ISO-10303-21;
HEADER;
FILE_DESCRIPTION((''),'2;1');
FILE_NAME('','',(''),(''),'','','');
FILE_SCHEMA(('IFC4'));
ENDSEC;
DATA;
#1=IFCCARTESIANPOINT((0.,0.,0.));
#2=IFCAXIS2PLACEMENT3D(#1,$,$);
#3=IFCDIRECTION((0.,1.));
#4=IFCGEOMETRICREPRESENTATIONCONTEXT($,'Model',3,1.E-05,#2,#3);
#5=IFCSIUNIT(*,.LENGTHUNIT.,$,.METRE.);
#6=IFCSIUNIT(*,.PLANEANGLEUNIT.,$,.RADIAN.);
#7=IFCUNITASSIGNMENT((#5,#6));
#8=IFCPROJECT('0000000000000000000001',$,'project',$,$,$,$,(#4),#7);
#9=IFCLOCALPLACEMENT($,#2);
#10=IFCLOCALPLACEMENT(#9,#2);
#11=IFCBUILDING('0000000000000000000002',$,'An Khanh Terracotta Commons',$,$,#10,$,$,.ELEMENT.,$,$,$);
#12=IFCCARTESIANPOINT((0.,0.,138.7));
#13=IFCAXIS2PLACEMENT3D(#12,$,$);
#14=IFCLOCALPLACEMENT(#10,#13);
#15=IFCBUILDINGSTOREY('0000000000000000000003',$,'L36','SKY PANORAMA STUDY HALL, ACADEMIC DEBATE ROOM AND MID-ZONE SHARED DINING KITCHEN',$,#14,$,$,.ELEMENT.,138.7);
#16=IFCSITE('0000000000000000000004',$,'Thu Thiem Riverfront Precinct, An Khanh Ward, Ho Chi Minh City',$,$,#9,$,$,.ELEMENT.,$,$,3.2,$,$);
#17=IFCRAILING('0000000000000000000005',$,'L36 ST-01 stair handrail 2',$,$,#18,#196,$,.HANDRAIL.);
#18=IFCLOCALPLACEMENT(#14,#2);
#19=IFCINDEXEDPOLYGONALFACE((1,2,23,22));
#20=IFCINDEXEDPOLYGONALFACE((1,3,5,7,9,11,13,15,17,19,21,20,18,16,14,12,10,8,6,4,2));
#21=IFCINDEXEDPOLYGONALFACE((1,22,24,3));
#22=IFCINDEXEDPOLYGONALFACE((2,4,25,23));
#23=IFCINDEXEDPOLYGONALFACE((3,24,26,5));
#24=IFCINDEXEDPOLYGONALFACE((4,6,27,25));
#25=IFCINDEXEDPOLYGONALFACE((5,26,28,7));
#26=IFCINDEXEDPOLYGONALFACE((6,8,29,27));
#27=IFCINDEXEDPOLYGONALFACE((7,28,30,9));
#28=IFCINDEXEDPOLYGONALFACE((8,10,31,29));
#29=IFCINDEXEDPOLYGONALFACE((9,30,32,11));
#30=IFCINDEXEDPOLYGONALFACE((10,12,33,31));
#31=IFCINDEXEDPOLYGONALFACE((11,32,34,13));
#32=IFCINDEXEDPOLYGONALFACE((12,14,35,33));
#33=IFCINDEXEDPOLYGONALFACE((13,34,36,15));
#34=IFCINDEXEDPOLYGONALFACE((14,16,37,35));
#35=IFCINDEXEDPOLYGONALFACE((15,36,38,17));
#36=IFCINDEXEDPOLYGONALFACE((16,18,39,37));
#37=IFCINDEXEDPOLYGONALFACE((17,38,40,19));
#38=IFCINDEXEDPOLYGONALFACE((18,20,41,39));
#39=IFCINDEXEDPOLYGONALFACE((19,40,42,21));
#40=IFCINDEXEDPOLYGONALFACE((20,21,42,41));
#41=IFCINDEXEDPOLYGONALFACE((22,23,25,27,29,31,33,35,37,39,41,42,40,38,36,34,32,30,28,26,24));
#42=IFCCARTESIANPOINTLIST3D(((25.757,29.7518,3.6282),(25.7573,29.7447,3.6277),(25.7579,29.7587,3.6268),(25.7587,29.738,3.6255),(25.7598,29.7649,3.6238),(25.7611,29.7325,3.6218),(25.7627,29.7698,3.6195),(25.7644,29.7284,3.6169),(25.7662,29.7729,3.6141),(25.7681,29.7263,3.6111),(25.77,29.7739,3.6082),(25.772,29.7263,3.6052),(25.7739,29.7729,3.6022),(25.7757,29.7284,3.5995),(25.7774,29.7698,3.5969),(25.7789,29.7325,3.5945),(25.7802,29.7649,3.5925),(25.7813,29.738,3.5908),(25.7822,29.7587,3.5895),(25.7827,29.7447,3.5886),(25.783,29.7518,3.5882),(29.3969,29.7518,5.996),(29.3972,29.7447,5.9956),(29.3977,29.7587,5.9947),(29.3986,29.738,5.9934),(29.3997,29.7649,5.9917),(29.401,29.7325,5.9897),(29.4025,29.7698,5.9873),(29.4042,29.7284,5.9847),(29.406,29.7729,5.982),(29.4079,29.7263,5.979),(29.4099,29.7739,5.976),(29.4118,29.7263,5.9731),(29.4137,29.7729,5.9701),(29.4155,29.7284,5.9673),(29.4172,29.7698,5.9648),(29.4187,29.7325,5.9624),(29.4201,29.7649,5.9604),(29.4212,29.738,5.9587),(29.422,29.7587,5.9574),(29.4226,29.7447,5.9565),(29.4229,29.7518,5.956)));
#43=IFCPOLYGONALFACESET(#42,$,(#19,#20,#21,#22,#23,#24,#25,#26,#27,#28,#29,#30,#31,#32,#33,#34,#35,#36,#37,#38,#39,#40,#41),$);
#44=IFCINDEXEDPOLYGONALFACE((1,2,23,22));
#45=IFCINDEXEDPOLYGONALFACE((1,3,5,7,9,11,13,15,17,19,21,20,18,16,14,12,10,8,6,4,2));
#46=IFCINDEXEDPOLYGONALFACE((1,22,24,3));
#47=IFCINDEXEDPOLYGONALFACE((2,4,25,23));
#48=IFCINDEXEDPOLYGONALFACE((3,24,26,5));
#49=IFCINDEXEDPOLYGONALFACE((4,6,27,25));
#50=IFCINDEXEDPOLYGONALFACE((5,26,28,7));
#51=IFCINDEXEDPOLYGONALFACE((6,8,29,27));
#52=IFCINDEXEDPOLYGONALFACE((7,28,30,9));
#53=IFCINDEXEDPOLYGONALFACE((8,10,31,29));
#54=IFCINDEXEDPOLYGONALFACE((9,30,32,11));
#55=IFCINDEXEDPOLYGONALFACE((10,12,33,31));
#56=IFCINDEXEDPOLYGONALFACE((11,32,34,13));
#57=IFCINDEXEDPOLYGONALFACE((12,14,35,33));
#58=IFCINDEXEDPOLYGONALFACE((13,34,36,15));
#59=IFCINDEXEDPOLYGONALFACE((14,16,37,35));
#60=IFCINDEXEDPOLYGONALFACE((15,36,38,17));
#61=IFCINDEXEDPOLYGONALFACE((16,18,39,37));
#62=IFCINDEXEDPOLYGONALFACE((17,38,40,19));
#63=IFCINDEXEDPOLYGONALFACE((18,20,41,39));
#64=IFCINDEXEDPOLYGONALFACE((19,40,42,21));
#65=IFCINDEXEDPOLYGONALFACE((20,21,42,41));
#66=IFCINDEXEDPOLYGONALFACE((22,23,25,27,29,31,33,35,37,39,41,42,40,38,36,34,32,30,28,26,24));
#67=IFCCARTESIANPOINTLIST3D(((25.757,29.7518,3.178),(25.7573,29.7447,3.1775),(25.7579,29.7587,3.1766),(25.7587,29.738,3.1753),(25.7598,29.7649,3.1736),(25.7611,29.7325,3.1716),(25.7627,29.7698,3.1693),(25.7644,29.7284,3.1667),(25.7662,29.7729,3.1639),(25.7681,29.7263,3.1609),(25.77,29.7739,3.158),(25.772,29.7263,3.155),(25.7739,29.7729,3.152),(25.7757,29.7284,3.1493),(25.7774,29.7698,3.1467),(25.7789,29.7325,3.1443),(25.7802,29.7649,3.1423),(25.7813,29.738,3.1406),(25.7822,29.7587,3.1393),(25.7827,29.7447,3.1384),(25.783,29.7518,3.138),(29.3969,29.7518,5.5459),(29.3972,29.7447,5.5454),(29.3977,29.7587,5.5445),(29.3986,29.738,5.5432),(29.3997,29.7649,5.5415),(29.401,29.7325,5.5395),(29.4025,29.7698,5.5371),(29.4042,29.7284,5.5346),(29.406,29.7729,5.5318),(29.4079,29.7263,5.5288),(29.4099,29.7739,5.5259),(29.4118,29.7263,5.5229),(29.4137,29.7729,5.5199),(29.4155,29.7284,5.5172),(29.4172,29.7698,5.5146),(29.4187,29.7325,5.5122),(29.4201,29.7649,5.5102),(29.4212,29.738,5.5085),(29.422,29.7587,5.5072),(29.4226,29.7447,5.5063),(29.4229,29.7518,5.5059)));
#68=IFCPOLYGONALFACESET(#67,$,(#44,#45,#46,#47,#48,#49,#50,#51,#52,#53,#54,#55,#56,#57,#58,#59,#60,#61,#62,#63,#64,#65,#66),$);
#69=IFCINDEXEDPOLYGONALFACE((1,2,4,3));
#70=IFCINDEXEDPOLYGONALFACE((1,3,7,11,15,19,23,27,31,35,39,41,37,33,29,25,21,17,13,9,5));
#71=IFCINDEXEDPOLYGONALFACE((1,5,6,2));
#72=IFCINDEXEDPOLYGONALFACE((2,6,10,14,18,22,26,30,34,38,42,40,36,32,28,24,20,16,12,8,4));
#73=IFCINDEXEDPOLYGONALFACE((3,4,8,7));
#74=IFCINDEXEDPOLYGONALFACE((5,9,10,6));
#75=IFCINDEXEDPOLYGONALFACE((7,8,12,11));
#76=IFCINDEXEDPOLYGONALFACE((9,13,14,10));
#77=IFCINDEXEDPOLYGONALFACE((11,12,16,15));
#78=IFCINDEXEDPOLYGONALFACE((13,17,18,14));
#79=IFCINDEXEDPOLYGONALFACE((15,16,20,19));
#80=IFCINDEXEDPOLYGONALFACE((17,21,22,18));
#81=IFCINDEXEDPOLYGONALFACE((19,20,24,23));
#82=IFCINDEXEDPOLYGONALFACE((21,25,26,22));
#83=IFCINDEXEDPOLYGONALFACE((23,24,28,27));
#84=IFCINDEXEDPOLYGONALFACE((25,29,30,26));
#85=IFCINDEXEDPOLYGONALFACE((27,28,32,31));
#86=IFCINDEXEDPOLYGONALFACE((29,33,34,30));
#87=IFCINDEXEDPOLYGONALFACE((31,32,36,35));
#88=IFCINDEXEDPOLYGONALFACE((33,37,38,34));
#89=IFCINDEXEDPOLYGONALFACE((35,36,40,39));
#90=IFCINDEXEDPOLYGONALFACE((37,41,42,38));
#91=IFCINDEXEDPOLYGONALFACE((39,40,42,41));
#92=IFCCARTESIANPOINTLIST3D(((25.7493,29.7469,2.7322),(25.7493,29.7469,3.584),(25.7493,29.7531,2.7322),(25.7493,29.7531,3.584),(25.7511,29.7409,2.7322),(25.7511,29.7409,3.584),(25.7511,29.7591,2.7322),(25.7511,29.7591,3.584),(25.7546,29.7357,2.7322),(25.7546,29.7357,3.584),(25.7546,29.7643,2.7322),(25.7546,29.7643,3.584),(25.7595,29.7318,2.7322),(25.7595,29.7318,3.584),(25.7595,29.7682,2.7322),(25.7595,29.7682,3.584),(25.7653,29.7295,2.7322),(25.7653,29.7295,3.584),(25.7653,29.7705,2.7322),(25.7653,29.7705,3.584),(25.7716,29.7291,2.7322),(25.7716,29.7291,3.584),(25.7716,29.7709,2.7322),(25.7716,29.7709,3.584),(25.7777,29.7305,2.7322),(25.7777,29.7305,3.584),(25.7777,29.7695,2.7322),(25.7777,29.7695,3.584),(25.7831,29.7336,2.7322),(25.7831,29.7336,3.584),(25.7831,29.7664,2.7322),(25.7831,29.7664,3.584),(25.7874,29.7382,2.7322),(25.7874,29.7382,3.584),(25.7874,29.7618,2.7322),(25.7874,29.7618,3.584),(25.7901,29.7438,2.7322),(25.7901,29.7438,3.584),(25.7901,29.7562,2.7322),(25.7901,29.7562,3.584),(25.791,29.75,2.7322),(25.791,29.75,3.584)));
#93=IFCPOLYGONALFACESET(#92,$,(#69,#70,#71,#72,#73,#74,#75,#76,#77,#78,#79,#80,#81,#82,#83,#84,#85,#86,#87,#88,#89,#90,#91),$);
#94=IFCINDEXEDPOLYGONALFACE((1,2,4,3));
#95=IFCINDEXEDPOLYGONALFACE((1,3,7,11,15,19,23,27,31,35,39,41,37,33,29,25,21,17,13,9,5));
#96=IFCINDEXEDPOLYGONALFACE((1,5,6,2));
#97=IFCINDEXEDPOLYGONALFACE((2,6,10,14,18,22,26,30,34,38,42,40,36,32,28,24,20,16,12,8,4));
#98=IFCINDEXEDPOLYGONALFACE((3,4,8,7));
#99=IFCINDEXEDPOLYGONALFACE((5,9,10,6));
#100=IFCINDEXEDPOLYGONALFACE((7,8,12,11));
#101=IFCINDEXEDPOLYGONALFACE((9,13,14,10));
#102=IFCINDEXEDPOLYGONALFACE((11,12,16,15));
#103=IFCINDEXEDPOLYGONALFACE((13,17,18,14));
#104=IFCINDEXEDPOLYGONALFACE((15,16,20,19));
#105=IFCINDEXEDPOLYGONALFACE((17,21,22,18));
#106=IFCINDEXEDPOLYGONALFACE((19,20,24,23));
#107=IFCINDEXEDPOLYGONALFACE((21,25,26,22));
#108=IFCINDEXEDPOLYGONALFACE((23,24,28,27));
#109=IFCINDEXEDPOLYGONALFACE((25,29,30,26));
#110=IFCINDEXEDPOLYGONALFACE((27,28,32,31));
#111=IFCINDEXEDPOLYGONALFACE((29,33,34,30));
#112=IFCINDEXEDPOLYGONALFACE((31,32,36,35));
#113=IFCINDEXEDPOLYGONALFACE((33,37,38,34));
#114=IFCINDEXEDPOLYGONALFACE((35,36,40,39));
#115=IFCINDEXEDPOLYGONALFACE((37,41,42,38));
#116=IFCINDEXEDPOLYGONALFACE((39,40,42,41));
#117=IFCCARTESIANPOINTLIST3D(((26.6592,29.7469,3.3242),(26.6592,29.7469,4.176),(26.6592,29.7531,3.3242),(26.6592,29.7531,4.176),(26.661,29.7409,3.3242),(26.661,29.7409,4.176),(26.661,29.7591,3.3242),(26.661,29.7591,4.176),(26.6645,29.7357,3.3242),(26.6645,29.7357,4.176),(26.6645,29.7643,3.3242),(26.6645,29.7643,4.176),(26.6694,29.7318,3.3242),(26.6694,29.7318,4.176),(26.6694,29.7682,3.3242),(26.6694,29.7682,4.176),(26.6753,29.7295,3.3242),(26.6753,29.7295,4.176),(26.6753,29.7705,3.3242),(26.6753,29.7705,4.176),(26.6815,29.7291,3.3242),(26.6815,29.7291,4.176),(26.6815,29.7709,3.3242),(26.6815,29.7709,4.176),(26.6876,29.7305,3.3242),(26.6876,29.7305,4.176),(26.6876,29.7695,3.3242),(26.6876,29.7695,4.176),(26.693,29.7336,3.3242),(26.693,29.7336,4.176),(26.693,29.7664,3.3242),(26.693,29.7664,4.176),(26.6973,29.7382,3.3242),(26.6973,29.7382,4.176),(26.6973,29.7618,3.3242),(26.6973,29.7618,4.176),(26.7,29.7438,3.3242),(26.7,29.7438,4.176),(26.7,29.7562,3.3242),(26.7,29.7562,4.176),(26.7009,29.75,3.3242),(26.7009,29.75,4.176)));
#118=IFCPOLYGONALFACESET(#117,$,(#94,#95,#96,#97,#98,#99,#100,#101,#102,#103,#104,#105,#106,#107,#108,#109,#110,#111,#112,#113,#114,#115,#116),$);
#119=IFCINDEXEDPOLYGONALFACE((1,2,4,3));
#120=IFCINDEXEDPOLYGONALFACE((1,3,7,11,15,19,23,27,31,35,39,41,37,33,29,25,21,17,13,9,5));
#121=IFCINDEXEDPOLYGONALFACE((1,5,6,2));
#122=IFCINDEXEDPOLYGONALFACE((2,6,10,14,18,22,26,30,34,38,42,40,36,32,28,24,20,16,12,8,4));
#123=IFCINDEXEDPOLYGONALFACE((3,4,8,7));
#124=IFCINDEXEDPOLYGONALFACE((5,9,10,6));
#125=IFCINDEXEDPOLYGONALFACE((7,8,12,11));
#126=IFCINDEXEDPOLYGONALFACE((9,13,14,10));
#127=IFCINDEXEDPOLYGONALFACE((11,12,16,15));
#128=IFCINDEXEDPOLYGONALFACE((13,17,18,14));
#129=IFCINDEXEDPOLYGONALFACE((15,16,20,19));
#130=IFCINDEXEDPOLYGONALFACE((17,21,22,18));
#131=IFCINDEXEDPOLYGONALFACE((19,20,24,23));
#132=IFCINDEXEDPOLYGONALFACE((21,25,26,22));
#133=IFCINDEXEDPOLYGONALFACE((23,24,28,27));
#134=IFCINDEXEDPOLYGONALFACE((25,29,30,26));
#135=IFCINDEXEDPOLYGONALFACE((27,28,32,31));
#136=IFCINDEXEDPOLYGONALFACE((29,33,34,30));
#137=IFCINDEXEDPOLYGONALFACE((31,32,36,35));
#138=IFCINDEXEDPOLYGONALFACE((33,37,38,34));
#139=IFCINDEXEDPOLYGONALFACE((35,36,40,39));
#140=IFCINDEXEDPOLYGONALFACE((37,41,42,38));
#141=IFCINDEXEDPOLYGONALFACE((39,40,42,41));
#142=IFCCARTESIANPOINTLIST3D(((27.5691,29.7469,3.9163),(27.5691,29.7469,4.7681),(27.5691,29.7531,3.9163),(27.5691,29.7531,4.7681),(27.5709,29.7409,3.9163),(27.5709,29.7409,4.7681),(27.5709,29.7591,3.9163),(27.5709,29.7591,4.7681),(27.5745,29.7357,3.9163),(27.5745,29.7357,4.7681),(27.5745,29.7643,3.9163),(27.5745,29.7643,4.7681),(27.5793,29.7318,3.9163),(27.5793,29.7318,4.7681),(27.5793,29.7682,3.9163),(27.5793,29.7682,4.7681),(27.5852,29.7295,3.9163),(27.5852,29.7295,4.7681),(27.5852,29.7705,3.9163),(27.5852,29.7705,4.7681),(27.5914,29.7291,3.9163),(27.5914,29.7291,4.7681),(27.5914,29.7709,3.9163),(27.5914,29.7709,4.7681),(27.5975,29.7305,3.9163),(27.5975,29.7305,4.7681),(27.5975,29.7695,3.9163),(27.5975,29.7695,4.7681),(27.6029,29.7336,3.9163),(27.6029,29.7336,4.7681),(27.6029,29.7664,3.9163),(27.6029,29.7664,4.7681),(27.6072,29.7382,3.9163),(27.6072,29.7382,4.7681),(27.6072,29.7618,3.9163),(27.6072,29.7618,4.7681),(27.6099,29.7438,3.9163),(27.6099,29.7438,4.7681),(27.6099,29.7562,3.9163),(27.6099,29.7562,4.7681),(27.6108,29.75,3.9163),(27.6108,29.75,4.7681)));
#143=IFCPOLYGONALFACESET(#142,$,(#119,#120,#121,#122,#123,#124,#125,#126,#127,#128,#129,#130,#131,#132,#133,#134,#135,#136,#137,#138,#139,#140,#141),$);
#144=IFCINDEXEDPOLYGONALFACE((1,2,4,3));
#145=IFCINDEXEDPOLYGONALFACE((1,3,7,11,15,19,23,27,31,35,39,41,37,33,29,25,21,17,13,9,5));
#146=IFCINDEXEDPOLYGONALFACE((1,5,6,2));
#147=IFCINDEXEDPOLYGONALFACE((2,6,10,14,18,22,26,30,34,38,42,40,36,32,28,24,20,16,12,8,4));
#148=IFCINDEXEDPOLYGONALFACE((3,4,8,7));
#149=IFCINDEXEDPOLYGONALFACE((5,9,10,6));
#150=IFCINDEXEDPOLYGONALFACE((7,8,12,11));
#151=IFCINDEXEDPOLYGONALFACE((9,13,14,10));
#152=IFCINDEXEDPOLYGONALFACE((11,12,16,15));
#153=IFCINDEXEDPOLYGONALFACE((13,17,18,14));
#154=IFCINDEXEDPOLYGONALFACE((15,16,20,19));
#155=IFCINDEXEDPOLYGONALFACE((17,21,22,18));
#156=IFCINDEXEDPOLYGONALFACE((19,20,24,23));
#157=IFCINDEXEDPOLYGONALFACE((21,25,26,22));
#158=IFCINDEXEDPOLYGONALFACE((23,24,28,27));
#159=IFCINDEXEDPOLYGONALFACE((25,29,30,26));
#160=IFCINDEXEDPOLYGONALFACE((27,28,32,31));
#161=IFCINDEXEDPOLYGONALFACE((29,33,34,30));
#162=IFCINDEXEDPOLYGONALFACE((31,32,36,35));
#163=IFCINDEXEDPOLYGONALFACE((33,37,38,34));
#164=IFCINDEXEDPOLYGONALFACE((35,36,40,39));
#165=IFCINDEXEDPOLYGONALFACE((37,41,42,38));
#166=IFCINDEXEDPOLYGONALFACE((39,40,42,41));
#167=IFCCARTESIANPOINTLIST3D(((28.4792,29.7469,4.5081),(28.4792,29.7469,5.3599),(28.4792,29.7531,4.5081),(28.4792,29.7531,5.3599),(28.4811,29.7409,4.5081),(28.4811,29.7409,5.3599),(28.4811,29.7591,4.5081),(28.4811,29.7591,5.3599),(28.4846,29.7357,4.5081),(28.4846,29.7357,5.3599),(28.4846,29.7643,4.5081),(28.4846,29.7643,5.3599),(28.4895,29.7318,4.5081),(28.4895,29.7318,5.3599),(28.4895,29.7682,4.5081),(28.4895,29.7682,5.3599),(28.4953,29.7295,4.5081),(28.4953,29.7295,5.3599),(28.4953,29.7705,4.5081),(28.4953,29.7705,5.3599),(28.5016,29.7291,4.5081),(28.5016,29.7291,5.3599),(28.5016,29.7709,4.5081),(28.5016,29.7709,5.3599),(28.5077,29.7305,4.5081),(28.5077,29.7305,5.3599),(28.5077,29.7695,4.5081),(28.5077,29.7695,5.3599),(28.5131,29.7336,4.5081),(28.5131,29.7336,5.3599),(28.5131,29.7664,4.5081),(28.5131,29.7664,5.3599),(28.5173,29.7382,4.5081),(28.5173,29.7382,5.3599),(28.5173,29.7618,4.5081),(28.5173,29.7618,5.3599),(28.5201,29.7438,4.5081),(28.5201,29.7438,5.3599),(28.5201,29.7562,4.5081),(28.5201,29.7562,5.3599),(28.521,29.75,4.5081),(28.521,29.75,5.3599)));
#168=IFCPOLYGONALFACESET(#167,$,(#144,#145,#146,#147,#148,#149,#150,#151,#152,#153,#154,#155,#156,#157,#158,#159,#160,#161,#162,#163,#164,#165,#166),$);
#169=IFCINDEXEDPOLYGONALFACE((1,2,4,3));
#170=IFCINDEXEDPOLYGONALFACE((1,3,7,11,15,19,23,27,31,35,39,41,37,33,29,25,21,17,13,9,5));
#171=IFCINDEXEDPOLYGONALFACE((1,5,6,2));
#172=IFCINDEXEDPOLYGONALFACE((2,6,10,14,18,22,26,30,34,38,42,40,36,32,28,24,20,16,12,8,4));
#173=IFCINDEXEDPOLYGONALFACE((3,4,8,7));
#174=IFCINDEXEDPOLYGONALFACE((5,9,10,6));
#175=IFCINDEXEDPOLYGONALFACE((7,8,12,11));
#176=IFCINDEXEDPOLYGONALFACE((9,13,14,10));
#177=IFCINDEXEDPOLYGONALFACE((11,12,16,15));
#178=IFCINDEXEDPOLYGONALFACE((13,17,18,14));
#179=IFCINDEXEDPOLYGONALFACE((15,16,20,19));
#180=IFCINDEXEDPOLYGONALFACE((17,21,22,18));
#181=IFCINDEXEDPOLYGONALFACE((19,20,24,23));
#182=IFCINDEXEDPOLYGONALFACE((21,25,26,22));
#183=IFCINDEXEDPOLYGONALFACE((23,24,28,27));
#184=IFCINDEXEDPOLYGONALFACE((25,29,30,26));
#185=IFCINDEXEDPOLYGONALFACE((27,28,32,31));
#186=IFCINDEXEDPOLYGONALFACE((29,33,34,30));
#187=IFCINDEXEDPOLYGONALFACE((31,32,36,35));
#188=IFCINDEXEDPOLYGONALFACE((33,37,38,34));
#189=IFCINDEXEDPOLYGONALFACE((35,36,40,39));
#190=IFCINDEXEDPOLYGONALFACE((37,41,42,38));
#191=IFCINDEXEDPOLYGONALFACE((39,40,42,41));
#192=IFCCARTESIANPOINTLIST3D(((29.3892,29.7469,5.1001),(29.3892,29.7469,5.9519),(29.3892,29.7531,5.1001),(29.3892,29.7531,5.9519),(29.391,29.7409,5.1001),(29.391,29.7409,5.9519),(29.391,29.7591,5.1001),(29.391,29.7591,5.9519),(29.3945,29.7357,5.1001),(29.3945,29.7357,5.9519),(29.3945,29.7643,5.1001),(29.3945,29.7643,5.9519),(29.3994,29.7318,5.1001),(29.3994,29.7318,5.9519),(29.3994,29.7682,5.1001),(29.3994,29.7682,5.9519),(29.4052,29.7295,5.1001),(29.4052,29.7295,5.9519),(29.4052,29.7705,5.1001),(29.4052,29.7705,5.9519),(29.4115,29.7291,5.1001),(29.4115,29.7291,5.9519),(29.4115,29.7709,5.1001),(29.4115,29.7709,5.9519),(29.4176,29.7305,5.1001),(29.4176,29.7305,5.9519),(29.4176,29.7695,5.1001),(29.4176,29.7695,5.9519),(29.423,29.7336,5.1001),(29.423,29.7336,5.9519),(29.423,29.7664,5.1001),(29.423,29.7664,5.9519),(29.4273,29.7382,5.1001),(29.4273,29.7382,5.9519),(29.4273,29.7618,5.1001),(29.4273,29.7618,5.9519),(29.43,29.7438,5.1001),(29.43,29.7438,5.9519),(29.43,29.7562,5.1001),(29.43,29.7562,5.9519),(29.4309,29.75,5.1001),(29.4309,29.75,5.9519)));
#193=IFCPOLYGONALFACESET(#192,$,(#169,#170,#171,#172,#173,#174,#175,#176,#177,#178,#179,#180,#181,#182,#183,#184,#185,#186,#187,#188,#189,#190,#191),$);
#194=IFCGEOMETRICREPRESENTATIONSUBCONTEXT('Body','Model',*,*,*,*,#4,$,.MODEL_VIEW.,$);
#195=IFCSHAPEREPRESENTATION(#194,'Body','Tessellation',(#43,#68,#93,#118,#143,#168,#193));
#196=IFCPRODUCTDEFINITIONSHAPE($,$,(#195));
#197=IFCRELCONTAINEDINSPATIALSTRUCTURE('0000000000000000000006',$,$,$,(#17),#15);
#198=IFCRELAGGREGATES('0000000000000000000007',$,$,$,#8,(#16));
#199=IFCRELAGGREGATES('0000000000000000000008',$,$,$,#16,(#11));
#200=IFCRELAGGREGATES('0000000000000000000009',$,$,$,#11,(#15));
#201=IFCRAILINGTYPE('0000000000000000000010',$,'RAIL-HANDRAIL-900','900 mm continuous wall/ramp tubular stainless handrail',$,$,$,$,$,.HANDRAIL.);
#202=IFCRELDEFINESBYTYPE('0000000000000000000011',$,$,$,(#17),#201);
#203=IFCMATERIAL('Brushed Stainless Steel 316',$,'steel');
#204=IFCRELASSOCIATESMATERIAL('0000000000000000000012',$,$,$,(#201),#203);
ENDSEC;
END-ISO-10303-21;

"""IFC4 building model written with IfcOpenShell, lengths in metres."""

from ifc_helpers import new_model, si_unit, direction, frame, origin, origin_2d, place, context, subcontext, project, spatial, circle, extrude, material, type_object, element, save


model = new_model("IFC4")

# Units and contexts
model_context = context("Model", 3, precision=1e-05, world=origin(), true_north=direction((0.0, 1.0)))
body_context = subcontext(model_context, "Body", "Model", "MODEL_VIEW")
ifc_project = project(units=[si_unit("LENGTHUNIT", "METRE"), si_unit("PLANEANGLEUNIT", "RADIAN")], contexts=[model_context])

# Site, building, storey
site_placement = place(None, origin())
site = spatial("IfcSite", under=ifc_project, at=site_placement, Name="Thu Thiem Riverfront Precinct, An Khanh Ward, Ho Chi Minh City", CompositionType="ELEMENT", RefElevation=3.2)
building_placement = place(site_placement, origin())
building = spatial("IfcBuilding", under=site, at=building_placement, Name="An Khanh Terracotta Commons", CompositionType="ELEMENT")
storey_placement = place(building_placement, frame((0.0, 0.0, 138.7)))
storey = spatial("IfcBuildingStorey", under=building, at=storey_placement, Name="L36", Description="SKY PANORAMA STUDY HALL, ACADEMIC DEBATE ROOM AND MID-ZONE SHARED DINING KITCHEN", CompositionType="ELEMENT", Elevation=138.7)

# Railing
ifc_material_1 = material(Name="Brushed Stainless Steel 316", Category="steel")
railing_type_1 = type_object("IfcRailingType", Name="RAIL-HANDRAIL-900", Description="900 mm continuous wall/ramp tubular stainless handrail", PredefinedType="HANDRAIL", material=ifc_material_1)
railing_1_placement = place(storey_placement, frame((25.77, 29.75, 2.7322)))
element("IfcRailing", 1, at=railing_1_placement, inside=storey, type_object=railing_type_1, Name="L36 ST-01 stair handrail 2", PredefinedType="HANDRAIL", context=body_context, shape_type="SweptSolid", body=[
    extrude(circle(Radius=0.0239, at=origin_2d()), frame((0.0, 0.0, 0.876), z_axis=(0.838234, 0.0, 0.54531), x_axis=(0.0, 1.0, 0.0)), (0.0, 0.0, 1.0), 4.3423),
    extrude(circle(Radius=0.0239, at=origin_2d()), frame((0.0, 0.0, 0.4258), z_axis=(0.838234, 0.0, 0.54531), x_axis=(0.0, 1.0, 0.0)), (0.0, 0.0, 1.0), 4.3423),
    extrude(circle(Radius=0.021, at=origin_2d()), origin(), (0.0, 0.0, 1.0), 0.8518),
    extrude(circle(Radius=0.021, at=origin_2d()), frame((0.9099, 0.0, 0.592)), (0.0, 0.0, 1.0), 0.8518),
    extrude(circle(Radius=0.021, at=origin_2d()), frame((1.8198, 0.0, 1.1841)), (0.0, 0.0, 1.0), 0.8518),
    extrude(circle(Radius=0.021, at=origin_2d()), frame((2.73, 0.0, 1.7759)), (0.0, 0.0, 1.0), 0.8518),
    extrude(circle(Radius=0.021, at=origin_2d()), frame((3.6399, 0.0, 2.3679)), (0.0, 0.0, 1.0), 0.8518),
])

save(model, "model.ifc")
